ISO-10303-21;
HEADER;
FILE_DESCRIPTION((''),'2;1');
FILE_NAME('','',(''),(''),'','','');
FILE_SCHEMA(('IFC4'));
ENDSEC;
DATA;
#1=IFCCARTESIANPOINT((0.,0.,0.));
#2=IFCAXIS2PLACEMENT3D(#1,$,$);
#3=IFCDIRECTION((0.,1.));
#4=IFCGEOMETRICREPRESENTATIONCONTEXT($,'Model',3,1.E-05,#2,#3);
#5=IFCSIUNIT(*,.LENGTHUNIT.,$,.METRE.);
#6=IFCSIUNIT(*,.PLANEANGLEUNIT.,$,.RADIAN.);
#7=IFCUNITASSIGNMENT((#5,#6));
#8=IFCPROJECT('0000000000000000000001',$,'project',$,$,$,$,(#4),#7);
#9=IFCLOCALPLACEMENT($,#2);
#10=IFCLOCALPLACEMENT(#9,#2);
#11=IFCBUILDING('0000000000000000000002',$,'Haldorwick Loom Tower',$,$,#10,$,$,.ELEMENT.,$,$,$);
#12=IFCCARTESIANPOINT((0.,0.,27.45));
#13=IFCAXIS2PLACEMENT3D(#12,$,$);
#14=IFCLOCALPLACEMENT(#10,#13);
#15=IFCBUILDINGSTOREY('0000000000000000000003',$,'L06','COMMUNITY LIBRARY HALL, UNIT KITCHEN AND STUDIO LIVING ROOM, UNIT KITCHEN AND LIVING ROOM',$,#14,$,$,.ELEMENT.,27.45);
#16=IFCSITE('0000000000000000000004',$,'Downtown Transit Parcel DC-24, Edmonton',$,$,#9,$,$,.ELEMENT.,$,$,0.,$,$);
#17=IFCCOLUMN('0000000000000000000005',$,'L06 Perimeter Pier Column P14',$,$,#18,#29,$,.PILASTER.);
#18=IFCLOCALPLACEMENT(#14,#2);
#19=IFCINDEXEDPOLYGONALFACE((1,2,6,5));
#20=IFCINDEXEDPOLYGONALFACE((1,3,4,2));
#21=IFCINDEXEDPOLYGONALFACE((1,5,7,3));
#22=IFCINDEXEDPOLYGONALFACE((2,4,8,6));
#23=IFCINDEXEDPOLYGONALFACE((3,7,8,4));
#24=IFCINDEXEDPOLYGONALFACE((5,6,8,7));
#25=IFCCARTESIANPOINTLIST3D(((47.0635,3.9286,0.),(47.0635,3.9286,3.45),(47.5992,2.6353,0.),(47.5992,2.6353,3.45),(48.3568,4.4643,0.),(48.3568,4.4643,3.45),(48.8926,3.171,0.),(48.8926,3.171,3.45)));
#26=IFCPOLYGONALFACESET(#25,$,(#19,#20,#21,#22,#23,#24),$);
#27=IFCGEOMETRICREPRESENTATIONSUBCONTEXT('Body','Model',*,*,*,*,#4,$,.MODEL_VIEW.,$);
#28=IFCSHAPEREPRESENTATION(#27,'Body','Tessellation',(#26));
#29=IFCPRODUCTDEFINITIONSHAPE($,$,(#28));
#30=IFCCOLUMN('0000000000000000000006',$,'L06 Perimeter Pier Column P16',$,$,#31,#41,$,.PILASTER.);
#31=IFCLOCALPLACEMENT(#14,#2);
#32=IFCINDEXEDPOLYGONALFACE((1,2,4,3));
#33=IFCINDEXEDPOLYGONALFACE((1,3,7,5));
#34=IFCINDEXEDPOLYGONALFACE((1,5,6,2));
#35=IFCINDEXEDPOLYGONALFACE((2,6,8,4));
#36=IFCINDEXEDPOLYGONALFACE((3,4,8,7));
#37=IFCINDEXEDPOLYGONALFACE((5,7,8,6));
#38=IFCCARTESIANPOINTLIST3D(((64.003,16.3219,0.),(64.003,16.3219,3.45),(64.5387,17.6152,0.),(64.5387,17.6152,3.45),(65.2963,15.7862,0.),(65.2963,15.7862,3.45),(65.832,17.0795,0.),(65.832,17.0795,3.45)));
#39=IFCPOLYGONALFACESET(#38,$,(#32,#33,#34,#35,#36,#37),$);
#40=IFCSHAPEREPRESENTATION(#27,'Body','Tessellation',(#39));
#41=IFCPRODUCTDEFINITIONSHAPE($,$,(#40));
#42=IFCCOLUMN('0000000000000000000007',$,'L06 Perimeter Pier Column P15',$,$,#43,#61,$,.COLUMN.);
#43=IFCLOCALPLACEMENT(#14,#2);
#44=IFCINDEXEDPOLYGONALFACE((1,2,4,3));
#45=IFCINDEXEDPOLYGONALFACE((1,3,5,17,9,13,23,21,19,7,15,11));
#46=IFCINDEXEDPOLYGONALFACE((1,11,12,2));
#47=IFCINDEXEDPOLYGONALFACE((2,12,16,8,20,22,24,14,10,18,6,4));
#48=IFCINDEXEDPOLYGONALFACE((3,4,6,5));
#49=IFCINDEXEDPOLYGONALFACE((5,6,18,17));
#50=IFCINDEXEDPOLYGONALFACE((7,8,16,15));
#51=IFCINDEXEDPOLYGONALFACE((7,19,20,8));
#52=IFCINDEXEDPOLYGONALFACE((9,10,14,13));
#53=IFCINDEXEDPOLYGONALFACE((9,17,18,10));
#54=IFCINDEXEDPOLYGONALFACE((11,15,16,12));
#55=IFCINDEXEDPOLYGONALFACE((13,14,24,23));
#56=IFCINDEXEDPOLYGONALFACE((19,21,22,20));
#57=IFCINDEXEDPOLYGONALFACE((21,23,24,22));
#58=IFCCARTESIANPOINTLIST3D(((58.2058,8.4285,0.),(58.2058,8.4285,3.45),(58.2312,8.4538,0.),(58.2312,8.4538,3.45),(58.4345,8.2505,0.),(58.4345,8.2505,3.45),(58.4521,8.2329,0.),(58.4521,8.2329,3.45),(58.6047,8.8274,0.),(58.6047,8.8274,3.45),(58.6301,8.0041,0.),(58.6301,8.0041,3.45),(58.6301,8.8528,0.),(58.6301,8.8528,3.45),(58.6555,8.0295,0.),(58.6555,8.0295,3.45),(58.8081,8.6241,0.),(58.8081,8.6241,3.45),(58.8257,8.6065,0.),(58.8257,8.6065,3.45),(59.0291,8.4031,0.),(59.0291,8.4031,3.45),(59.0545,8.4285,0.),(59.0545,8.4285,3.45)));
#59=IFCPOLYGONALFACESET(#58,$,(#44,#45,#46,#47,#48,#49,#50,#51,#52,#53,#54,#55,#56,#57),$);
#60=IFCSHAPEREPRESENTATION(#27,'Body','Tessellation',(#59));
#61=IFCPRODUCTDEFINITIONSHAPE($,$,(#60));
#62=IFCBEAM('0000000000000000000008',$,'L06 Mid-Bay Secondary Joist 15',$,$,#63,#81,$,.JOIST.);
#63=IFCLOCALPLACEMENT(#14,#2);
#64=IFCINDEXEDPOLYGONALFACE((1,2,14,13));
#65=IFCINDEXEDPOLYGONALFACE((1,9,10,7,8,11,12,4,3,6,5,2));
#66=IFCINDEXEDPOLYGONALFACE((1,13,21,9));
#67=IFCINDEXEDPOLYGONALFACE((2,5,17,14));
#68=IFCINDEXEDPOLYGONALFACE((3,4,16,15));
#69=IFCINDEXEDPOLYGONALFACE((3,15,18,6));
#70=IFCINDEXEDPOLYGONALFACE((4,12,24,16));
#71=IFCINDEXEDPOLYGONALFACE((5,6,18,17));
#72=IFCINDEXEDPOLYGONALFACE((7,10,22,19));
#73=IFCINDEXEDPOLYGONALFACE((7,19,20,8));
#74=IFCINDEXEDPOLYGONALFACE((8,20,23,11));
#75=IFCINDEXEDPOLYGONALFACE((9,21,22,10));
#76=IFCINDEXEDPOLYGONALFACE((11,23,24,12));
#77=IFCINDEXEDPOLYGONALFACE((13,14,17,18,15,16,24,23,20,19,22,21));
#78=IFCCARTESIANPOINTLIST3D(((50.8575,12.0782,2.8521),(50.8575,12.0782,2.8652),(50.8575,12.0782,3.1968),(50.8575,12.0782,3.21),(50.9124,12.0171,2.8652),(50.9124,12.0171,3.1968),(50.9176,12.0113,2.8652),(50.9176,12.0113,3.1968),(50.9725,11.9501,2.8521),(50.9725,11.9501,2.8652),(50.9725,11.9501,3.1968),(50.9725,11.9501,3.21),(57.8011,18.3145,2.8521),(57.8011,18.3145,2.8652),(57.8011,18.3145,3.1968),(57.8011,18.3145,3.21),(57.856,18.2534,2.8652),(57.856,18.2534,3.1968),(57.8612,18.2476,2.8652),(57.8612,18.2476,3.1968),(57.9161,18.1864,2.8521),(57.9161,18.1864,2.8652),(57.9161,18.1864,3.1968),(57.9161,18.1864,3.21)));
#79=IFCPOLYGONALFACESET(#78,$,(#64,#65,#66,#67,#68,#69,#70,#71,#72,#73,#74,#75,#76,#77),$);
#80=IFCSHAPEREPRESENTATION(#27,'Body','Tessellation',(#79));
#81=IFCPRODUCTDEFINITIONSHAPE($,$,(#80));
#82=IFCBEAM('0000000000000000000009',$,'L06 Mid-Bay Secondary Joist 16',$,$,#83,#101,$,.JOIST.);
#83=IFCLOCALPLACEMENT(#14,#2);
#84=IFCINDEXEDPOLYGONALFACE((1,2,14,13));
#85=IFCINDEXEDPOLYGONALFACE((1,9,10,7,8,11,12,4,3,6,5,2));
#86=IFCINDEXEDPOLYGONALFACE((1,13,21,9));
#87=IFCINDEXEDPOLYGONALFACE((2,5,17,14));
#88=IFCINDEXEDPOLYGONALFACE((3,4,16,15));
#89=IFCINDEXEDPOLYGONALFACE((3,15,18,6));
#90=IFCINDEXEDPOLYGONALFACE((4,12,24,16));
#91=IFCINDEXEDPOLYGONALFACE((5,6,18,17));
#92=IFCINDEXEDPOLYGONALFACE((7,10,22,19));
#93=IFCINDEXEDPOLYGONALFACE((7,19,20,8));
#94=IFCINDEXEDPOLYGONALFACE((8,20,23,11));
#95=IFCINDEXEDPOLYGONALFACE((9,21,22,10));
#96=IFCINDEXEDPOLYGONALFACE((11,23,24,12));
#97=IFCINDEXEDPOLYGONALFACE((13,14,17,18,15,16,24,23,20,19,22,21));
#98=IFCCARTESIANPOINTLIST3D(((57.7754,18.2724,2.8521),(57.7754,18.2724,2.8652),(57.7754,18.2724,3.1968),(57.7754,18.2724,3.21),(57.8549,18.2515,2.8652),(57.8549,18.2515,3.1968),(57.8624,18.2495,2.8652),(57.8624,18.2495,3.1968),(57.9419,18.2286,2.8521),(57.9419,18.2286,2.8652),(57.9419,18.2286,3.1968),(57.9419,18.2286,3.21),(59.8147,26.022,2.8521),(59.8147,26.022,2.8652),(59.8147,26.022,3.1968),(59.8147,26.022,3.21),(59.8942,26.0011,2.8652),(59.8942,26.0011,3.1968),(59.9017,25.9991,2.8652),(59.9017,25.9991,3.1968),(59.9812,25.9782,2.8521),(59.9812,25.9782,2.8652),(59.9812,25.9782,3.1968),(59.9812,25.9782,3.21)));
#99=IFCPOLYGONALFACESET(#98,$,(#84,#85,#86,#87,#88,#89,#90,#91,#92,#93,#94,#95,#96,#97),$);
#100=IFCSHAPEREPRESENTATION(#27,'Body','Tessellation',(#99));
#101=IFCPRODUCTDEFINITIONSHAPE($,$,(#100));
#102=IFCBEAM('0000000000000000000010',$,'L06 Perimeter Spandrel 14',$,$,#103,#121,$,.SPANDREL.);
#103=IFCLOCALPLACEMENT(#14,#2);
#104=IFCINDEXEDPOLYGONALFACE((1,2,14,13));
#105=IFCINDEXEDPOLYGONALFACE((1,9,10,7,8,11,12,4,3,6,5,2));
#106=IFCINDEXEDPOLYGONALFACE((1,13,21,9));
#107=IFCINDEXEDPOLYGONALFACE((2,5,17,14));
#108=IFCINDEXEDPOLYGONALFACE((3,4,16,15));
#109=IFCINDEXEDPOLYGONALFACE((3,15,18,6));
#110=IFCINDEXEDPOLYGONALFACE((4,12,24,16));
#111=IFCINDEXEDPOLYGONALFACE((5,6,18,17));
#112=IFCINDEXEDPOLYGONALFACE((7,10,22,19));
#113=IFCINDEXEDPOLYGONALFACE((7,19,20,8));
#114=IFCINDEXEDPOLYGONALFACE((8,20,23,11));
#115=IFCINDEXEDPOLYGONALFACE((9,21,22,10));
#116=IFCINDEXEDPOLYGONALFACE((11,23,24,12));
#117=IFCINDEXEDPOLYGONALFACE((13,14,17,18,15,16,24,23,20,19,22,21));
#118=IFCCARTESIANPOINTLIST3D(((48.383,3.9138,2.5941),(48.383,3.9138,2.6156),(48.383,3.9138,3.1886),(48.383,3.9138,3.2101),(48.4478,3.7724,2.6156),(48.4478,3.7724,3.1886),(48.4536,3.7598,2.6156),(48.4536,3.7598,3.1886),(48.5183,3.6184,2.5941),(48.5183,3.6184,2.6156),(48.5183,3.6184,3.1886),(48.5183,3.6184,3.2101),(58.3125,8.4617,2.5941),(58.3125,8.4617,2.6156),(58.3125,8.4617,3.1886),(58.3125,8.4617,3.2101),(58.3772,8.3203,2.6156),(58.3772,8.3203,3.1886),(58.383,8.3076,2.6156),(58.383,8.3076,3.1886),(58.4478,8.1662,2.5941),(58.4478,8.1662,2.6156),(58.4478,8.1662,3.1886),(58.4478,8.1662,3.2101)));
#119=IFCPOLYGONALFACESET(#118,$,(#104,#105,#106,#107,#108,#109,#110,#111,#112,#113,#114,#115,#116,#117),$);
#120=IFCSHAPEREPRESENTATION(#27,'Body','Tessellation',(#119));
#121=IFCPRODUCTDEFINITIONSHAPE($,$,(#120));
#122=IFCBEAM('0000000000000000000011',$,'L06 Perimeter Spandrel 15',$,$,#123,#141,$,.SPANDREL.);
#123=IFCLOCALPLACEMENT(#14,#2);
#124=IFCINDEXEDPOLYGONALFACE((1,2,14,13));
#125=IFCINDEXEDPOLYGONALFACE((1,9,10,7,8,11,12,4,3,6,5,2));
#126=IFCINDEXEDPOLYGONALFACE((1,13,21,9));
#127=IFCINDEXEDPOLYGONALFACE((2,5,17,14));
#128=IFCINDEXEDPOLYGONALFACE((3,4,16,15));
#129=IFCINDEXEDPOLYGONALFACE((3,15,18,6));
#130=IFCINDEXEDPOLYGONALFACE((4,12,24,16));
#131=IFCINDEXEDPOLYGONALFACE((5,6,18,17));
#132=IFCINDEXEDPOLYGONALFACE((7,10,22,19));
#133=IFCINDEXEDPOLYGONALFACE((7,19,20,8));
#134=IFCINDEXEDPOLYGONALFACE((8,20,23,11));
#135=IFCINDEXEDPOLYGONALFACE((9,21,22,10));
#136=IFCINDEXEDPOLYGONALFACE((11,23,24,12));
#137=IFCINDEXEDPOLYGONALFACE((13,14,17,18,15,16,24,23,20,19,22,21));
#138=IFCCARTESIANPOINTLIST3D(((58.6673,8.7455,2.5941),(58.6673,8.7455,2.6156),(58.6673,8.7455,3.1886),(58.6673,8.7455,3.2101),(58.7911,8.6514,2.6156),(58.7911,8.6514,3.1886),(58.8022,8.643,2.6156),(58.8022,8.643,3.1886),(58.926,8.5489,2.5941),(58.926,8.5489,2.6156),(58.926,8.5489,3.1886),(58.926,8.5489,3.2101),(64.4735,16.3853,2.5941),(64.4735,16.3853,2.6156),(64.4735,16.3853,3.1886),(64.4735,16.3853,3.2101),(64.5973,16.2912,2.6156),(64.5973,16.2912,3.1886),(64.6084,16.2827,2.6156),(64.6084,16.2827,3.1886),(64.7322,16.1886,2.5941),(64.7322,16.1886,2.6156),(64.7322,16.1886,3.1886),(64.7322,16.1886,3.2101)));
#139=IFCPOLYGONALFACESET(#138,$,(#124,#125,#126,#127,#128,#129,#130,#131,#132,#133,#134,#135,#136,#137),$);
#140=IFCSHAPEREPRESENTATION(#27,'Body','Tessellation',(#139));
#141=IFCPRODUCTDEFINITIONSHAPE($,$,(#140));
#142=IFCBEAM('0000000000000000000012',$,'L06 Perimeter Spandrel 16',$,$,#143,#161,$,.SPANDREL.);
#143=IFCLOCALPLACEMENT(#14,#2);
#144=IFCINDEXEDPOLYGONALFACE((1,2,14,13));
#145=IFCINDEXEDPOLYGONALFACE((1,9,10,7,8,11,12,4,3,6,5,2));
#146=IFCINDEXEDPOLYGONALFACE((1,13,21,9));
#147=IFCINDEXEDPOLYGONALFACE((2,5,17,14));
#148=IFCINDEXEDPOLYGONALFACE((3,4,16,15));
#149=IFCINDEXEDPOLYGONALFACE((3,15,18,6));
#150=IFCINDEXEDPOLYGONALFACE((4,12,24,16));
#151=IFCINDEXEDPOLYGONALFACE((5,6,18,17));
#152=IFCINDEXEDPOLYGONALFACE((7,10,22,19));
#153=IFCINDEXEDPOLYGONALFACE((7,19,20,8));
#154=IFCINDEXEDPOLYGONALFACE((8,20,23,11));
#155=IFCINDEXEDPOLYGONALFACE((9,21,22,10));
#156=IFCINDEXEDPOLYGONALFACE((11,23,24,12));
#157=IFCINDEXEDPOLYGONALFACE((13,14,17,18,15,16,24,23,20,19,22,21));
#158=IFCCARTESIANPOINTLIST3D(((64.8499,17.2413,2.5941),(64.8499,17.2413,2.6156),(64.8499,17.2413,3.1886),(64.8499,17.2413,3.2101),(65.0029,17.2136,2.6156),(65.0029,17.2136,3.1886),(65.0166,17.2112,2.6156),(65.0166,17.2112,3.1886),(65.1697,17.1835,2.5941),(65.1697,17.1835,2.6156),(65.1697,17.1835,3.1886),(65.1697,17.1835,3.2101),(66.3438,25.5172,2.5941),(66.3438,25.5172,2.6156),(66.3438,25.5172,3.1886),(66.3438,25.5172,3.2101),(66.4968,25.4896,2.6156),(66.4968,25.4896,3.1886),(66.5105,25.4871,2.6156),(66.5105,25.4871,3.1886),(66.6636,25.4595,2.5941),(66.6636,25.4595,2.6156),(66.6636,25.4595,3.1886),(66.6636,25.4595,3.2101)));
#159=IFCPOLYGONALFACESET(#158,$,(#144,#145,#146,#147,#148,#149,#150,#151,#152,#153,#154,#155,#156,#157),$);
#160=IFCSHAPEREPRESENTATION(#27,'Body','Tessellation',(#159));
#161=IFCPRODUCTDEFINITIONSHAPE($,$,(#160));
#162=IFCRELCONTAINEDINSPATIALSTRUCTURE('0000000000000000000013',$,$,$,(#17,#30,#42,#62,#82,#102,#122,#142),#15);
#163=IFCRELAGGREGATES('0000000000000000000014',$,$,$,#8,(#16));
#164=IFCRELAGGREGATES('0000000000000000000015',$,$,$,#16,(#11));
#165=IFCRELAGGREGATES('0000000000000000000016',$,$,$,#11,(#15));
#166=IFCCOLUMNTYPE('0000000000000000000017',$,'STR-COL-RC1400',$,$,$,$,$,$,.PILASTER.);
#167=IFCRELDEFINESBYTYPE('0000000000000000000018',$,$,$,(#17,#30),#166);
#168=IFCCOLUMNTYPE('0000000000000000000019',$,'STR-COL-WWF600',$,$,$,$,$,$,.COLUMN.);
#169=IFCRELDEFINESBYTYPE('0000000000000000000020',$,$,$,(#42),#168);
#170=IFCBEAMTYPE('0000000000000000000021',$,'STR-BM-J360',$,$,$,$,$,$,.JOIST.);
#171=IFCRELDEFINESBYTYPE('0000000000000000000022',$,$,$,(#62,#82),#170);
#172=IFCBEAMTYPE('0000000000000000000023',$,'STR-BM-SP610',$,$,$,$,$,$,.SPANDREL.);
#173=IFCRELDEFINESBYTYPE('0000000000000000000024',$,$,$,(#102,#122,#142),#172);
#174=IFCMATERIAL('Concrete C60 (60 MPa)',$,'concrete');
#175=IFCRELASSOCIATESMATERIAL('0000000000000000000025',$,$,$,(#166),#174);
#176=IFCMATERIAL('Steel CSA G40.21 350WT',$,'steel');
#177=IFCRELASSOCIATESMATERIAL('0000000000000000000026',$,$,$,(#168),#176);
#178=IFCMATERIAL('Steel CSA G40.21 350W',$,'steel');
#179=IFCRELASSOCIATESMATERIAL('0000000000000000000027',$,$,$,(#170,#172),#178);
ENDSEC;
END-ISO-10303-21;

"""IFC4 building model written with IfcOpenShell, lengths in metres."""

from ifc_helpers import new_model, si_unit, direction, frame, origin, origin_2d, place, context, subcontext, project, spatial, rectangle, i_section, extrude, material, material_profile, profile_set, type_object, element, save


model = new_model("IFC4")

# Units and contexts
model_context = context("Model", 3, precision=1e-05, world=origin(), true_north=direction((0.0, 1.0)))
body_context = subcontext(model_context, "Body", "Model", "MODEL_VIEW")
ifc_project = project(units=[si_unit("LENGTHUNIT", "METRE"), si_unit("PLANEANGLEUNIT", "RADIAN")], contexts=[model_context])

# Site, building, storey
site_placement = place(None, origin())
site = spatial("IfcSite", under=ifc_project, at=site_placement, Name="Downtown Transit Parcel DC-24, Edmonton", CompositionType="ELEMENT", RefElevation=0.0)
building_placement = place(site_placement, origin())
building = spatial("IfcBuilding", under=site, at=building_placement, Name="Haldorwick Loom Tower", CompositionType="ELEMENT")
storey_placement = place(building_placement, frame((0.0, 0.0, 27.45)))
storey = spatial("IfcBuildingStorey", under=building, at=storey_placement, Name="L06", Description="COMMUNITY LIBRARY HALL, UNIT KITCHEN AND STUDIO LIVING ROOM, UNIT KITCHEN AND LIVING ROOM", CompositionType="ELEMENT", Elevation=27.45)

# Columns
ifc_material_1 = material(Name="Concrete C60 (60 MPa)", Category="concrete")
ifc_material_profile_1 = material_profile(ifc_material_1, rectangle(XDim=1.3999, YDim=1.3999, at=origin_2d()), Name="RC1400X1400", Category="concrete")
ifc_profile_set_1 = profile_set([ifc_material_profile_1], Name="Concrete C60 (60 MPa)")
column_type_1 = type_object("IfcColumnType", Name="STR-COL-RC1400", PredefinedType="PILASTER", material=ifc_profile_set_1)
for number, where, z_axis, x_axis, name in (
    (1, (47.978, 3.5498, 0.0), (0.0, 0.0, 1.0), (0.382683, -0.92388, 0.0), "L06 Perimeter Pier Column P14"),
    (2, (64.9175, 16.7007, 0.0), (0.0, 0.0, 1.0), (0.92388, -0.382683, 0.0), "L06 Perimeter Pier Column P16"),
):
    element("IfcColumn", number, at=place(storey_placement, frame(where, z_axis=z_axis, x_axis=x_axis)), inside=storey, type_object=column_type_1, Name=name, PredefinedType="PILASTER", context=body_context, shape_type="SweptSolid", body=[
        extrude(rectangle(XDim=1.3999, YDim=1.3999, at=origin_2d()), origin(), (0.0, 0.0, 1.0), 3.45),
    ])
ifc_material_2 = material(Name="Steel CSA G40.21 350WT", Category="steel")
ifc_material_profile_2 = material_profile(ifc_material_2, i_section(OverallWidth=0.6001, OverallDepth=0.6001, WebThickness=0.0249, FlangeThickness=0.0359, at=origin_2d()), Name="WWF600X600", Category="steel")
ifc_profile_set_2 = profile_set([ifc_material_profile_2], Name="Steel CSA G40.21 350WT")
column_type_2 = type_object("IfcColumnType", Name="STR-COL-WWF600", PredefinedType="COLUMN", material=ifc_profile_set_2)
column_placement = place(storey_placement, frame((58.6301, 8.4285, 0.0), z_axis=(0.0, 0.0, 1.0), x_axis=(0.707107, -0.707107, 0.0)))
element("IfcColumn", 3, at=column_placement, inside=storey, type_object=column_type_2, Name="L06 Perimeter Pier Column P15", PredefinedType="COLUMN", context=body_context, shape_type="SweptSolid", body=[
    extrude(i_section(OverallWidth=0.6001, OverallDepth=0.6001, WebThickness=0.0249, FlangeThickness=0.0359, at=origin_2d()), origin(), (0.0, 0.0, 1.0), 3.45),
])

# Beams
ifc_material_3 = material(Name="Steel CSA G40.21 350W", Category="steel")
ifc_material_profile_3 = material_profile(ifc_material_3, i_section(OverallWidth=0.1721, OverallDepth=0.3579, WebThickness=0.0078, FlangeThickness=0.0132, at=origin_2d()), Name="W360X57", Category="steel")
ifc_profile_set_3 = profile_set([ifc_material_profile_3], Name="Steel CSA G40.21 350W")
beam_type_1 = type_object("IfcBeamType", Name="STR-BM-J360", PredefinedType="JOIST", material=ifc_profile_set_3)
beam_1_placement = place(storey_placement, frame((50.915, 12.0142, 3.031), z_axis=(0.743982, 0.6682, 0.0), x_axis=(-0.6682, 0.743982, 0.0)))
element("IfcBeam", 4, at=beam_1_placement, inside=storey, type_object=beam_type_1, Name="L06 Mid-Bay Secondary Joist 15", PredefinedType="JOIST", context=body_context, shape_type="SweptSolid", body=[
    extrude(i_section(OverallWidth=0.1721, OverallDepth=0.3579, WebThickness=0.0078, FlangeThickness=0.0132, at=origin_2d()), origin(), (0.0, 0.0, 1.0), 9.333),
])
beam_2_placement = place(storey_placement, frame((57.8586, 18.2505, 3.031), z_axis=(0.254489, 0.967076, 0.0), x_axis=(-0.967076, 0.254489, 0.0)))
element("IfcBeam", 5, at=beam_2_placement, inside=storey, type_object=beam_type_1, Name="L06 Mid-Bay Secondary Joist 16", PredefinedType="JOIST", context=body_context, shape_type="SweptSolid", body=[
    extrude(i_section(OverallWidth=0.1721, OverallDepth=0.3579, WebThickness=0.0078, FlangeThickness=0.0132, at=origin_2d()), origin(), (0.0, 0.0, 1.0), 8.0134),
])
ifc_material_profile_4 = material_profile(ifc_material_3, i_section(OverallWidth=0.325, OverallDepth=0.616, WebThickness=0.0139, FlangeThickness=0.0215, at=origin_2d()), Name="W610X174", Category="steel")
ifc_profile_set_4 = profile_set([ifc_material_profile_4], Name="Steel CSA G40.21 350W")
beam_type_2 = type_object("IfcBeamType", Name="STR-BM-SP610", PredefinedType="SPANDREL", material=ifc_profile_set_4)
beam_3_placement = place(storey_placement, frame((48.4507, 3.7661, 2.9021), z_axis=(0.909174, 0.416417, 0.0), x_axis=(-0.416417, 0.909174, 0.0)))
element("IfcBeam", 6, at=beam_3_placement, inside=storey, type_object=beam_type_2, Name="L06 Perimeter Spandrel 14", PredefinedType="SPANDREL", context=body_context, shape_type="SweptSolid", body=[
    extrude(i_section(OverallWidth=0.325, OverallDepth=0.616, WebThickness=0.0139, FlangeThickness=0.0215, at=origin_2d()), origin(), (0.0, 0.0, 1.0), 10.9214),
])
beam_4_placement = place(storey_placement, frame((58.7966, 8.6472, 2.9021), z_axis=(0.605085, 0.796161, 0.0), x_axis=(-0.796161, 0.605085, 0.0)))
element("IfcBeam", 7, at=beam_4_placement, inside=storey, type_object=beam_type_2, Name="L06 Perimeter Spandrel 15", PredefinedType="SPANDREL", context=body_context, shape_type="SweptSolid", body=[
    extrude(i_section(OverallWidth=0.325, OverallDepth=0.616, WebThickness=0.0139, FlangeThickness=0.0215, at=origin_2d()), origin(), (0.0, 0.0, 1.0), 9.5957),
])
beam_5_placement = place(storey_placement, frame((65.0098, 17.2124, 2.9021), z_axis=(0.177641, 0.984095, 0.0), x_axis=(-0.984095, 0.177641, 0.0)))
element("IfcBeam", 8, at=beam_5_placement, inside=storey, type_object=beam_type_2, Name="L06 Perimeter Spandrel 16", PredefinedType="SPANDREL", context=body_context, shape_type="SweptSolid", body=[
    extrude(i_section(OverallWidth=0.325, OverallDepth=0.616, WebThickness=0.0139, FlangeThickness=0.0215, at=origin_2d()), origin(), (0.0, 0.0, 1.0), 8.4097),
])

save(model, "model.ifc")
